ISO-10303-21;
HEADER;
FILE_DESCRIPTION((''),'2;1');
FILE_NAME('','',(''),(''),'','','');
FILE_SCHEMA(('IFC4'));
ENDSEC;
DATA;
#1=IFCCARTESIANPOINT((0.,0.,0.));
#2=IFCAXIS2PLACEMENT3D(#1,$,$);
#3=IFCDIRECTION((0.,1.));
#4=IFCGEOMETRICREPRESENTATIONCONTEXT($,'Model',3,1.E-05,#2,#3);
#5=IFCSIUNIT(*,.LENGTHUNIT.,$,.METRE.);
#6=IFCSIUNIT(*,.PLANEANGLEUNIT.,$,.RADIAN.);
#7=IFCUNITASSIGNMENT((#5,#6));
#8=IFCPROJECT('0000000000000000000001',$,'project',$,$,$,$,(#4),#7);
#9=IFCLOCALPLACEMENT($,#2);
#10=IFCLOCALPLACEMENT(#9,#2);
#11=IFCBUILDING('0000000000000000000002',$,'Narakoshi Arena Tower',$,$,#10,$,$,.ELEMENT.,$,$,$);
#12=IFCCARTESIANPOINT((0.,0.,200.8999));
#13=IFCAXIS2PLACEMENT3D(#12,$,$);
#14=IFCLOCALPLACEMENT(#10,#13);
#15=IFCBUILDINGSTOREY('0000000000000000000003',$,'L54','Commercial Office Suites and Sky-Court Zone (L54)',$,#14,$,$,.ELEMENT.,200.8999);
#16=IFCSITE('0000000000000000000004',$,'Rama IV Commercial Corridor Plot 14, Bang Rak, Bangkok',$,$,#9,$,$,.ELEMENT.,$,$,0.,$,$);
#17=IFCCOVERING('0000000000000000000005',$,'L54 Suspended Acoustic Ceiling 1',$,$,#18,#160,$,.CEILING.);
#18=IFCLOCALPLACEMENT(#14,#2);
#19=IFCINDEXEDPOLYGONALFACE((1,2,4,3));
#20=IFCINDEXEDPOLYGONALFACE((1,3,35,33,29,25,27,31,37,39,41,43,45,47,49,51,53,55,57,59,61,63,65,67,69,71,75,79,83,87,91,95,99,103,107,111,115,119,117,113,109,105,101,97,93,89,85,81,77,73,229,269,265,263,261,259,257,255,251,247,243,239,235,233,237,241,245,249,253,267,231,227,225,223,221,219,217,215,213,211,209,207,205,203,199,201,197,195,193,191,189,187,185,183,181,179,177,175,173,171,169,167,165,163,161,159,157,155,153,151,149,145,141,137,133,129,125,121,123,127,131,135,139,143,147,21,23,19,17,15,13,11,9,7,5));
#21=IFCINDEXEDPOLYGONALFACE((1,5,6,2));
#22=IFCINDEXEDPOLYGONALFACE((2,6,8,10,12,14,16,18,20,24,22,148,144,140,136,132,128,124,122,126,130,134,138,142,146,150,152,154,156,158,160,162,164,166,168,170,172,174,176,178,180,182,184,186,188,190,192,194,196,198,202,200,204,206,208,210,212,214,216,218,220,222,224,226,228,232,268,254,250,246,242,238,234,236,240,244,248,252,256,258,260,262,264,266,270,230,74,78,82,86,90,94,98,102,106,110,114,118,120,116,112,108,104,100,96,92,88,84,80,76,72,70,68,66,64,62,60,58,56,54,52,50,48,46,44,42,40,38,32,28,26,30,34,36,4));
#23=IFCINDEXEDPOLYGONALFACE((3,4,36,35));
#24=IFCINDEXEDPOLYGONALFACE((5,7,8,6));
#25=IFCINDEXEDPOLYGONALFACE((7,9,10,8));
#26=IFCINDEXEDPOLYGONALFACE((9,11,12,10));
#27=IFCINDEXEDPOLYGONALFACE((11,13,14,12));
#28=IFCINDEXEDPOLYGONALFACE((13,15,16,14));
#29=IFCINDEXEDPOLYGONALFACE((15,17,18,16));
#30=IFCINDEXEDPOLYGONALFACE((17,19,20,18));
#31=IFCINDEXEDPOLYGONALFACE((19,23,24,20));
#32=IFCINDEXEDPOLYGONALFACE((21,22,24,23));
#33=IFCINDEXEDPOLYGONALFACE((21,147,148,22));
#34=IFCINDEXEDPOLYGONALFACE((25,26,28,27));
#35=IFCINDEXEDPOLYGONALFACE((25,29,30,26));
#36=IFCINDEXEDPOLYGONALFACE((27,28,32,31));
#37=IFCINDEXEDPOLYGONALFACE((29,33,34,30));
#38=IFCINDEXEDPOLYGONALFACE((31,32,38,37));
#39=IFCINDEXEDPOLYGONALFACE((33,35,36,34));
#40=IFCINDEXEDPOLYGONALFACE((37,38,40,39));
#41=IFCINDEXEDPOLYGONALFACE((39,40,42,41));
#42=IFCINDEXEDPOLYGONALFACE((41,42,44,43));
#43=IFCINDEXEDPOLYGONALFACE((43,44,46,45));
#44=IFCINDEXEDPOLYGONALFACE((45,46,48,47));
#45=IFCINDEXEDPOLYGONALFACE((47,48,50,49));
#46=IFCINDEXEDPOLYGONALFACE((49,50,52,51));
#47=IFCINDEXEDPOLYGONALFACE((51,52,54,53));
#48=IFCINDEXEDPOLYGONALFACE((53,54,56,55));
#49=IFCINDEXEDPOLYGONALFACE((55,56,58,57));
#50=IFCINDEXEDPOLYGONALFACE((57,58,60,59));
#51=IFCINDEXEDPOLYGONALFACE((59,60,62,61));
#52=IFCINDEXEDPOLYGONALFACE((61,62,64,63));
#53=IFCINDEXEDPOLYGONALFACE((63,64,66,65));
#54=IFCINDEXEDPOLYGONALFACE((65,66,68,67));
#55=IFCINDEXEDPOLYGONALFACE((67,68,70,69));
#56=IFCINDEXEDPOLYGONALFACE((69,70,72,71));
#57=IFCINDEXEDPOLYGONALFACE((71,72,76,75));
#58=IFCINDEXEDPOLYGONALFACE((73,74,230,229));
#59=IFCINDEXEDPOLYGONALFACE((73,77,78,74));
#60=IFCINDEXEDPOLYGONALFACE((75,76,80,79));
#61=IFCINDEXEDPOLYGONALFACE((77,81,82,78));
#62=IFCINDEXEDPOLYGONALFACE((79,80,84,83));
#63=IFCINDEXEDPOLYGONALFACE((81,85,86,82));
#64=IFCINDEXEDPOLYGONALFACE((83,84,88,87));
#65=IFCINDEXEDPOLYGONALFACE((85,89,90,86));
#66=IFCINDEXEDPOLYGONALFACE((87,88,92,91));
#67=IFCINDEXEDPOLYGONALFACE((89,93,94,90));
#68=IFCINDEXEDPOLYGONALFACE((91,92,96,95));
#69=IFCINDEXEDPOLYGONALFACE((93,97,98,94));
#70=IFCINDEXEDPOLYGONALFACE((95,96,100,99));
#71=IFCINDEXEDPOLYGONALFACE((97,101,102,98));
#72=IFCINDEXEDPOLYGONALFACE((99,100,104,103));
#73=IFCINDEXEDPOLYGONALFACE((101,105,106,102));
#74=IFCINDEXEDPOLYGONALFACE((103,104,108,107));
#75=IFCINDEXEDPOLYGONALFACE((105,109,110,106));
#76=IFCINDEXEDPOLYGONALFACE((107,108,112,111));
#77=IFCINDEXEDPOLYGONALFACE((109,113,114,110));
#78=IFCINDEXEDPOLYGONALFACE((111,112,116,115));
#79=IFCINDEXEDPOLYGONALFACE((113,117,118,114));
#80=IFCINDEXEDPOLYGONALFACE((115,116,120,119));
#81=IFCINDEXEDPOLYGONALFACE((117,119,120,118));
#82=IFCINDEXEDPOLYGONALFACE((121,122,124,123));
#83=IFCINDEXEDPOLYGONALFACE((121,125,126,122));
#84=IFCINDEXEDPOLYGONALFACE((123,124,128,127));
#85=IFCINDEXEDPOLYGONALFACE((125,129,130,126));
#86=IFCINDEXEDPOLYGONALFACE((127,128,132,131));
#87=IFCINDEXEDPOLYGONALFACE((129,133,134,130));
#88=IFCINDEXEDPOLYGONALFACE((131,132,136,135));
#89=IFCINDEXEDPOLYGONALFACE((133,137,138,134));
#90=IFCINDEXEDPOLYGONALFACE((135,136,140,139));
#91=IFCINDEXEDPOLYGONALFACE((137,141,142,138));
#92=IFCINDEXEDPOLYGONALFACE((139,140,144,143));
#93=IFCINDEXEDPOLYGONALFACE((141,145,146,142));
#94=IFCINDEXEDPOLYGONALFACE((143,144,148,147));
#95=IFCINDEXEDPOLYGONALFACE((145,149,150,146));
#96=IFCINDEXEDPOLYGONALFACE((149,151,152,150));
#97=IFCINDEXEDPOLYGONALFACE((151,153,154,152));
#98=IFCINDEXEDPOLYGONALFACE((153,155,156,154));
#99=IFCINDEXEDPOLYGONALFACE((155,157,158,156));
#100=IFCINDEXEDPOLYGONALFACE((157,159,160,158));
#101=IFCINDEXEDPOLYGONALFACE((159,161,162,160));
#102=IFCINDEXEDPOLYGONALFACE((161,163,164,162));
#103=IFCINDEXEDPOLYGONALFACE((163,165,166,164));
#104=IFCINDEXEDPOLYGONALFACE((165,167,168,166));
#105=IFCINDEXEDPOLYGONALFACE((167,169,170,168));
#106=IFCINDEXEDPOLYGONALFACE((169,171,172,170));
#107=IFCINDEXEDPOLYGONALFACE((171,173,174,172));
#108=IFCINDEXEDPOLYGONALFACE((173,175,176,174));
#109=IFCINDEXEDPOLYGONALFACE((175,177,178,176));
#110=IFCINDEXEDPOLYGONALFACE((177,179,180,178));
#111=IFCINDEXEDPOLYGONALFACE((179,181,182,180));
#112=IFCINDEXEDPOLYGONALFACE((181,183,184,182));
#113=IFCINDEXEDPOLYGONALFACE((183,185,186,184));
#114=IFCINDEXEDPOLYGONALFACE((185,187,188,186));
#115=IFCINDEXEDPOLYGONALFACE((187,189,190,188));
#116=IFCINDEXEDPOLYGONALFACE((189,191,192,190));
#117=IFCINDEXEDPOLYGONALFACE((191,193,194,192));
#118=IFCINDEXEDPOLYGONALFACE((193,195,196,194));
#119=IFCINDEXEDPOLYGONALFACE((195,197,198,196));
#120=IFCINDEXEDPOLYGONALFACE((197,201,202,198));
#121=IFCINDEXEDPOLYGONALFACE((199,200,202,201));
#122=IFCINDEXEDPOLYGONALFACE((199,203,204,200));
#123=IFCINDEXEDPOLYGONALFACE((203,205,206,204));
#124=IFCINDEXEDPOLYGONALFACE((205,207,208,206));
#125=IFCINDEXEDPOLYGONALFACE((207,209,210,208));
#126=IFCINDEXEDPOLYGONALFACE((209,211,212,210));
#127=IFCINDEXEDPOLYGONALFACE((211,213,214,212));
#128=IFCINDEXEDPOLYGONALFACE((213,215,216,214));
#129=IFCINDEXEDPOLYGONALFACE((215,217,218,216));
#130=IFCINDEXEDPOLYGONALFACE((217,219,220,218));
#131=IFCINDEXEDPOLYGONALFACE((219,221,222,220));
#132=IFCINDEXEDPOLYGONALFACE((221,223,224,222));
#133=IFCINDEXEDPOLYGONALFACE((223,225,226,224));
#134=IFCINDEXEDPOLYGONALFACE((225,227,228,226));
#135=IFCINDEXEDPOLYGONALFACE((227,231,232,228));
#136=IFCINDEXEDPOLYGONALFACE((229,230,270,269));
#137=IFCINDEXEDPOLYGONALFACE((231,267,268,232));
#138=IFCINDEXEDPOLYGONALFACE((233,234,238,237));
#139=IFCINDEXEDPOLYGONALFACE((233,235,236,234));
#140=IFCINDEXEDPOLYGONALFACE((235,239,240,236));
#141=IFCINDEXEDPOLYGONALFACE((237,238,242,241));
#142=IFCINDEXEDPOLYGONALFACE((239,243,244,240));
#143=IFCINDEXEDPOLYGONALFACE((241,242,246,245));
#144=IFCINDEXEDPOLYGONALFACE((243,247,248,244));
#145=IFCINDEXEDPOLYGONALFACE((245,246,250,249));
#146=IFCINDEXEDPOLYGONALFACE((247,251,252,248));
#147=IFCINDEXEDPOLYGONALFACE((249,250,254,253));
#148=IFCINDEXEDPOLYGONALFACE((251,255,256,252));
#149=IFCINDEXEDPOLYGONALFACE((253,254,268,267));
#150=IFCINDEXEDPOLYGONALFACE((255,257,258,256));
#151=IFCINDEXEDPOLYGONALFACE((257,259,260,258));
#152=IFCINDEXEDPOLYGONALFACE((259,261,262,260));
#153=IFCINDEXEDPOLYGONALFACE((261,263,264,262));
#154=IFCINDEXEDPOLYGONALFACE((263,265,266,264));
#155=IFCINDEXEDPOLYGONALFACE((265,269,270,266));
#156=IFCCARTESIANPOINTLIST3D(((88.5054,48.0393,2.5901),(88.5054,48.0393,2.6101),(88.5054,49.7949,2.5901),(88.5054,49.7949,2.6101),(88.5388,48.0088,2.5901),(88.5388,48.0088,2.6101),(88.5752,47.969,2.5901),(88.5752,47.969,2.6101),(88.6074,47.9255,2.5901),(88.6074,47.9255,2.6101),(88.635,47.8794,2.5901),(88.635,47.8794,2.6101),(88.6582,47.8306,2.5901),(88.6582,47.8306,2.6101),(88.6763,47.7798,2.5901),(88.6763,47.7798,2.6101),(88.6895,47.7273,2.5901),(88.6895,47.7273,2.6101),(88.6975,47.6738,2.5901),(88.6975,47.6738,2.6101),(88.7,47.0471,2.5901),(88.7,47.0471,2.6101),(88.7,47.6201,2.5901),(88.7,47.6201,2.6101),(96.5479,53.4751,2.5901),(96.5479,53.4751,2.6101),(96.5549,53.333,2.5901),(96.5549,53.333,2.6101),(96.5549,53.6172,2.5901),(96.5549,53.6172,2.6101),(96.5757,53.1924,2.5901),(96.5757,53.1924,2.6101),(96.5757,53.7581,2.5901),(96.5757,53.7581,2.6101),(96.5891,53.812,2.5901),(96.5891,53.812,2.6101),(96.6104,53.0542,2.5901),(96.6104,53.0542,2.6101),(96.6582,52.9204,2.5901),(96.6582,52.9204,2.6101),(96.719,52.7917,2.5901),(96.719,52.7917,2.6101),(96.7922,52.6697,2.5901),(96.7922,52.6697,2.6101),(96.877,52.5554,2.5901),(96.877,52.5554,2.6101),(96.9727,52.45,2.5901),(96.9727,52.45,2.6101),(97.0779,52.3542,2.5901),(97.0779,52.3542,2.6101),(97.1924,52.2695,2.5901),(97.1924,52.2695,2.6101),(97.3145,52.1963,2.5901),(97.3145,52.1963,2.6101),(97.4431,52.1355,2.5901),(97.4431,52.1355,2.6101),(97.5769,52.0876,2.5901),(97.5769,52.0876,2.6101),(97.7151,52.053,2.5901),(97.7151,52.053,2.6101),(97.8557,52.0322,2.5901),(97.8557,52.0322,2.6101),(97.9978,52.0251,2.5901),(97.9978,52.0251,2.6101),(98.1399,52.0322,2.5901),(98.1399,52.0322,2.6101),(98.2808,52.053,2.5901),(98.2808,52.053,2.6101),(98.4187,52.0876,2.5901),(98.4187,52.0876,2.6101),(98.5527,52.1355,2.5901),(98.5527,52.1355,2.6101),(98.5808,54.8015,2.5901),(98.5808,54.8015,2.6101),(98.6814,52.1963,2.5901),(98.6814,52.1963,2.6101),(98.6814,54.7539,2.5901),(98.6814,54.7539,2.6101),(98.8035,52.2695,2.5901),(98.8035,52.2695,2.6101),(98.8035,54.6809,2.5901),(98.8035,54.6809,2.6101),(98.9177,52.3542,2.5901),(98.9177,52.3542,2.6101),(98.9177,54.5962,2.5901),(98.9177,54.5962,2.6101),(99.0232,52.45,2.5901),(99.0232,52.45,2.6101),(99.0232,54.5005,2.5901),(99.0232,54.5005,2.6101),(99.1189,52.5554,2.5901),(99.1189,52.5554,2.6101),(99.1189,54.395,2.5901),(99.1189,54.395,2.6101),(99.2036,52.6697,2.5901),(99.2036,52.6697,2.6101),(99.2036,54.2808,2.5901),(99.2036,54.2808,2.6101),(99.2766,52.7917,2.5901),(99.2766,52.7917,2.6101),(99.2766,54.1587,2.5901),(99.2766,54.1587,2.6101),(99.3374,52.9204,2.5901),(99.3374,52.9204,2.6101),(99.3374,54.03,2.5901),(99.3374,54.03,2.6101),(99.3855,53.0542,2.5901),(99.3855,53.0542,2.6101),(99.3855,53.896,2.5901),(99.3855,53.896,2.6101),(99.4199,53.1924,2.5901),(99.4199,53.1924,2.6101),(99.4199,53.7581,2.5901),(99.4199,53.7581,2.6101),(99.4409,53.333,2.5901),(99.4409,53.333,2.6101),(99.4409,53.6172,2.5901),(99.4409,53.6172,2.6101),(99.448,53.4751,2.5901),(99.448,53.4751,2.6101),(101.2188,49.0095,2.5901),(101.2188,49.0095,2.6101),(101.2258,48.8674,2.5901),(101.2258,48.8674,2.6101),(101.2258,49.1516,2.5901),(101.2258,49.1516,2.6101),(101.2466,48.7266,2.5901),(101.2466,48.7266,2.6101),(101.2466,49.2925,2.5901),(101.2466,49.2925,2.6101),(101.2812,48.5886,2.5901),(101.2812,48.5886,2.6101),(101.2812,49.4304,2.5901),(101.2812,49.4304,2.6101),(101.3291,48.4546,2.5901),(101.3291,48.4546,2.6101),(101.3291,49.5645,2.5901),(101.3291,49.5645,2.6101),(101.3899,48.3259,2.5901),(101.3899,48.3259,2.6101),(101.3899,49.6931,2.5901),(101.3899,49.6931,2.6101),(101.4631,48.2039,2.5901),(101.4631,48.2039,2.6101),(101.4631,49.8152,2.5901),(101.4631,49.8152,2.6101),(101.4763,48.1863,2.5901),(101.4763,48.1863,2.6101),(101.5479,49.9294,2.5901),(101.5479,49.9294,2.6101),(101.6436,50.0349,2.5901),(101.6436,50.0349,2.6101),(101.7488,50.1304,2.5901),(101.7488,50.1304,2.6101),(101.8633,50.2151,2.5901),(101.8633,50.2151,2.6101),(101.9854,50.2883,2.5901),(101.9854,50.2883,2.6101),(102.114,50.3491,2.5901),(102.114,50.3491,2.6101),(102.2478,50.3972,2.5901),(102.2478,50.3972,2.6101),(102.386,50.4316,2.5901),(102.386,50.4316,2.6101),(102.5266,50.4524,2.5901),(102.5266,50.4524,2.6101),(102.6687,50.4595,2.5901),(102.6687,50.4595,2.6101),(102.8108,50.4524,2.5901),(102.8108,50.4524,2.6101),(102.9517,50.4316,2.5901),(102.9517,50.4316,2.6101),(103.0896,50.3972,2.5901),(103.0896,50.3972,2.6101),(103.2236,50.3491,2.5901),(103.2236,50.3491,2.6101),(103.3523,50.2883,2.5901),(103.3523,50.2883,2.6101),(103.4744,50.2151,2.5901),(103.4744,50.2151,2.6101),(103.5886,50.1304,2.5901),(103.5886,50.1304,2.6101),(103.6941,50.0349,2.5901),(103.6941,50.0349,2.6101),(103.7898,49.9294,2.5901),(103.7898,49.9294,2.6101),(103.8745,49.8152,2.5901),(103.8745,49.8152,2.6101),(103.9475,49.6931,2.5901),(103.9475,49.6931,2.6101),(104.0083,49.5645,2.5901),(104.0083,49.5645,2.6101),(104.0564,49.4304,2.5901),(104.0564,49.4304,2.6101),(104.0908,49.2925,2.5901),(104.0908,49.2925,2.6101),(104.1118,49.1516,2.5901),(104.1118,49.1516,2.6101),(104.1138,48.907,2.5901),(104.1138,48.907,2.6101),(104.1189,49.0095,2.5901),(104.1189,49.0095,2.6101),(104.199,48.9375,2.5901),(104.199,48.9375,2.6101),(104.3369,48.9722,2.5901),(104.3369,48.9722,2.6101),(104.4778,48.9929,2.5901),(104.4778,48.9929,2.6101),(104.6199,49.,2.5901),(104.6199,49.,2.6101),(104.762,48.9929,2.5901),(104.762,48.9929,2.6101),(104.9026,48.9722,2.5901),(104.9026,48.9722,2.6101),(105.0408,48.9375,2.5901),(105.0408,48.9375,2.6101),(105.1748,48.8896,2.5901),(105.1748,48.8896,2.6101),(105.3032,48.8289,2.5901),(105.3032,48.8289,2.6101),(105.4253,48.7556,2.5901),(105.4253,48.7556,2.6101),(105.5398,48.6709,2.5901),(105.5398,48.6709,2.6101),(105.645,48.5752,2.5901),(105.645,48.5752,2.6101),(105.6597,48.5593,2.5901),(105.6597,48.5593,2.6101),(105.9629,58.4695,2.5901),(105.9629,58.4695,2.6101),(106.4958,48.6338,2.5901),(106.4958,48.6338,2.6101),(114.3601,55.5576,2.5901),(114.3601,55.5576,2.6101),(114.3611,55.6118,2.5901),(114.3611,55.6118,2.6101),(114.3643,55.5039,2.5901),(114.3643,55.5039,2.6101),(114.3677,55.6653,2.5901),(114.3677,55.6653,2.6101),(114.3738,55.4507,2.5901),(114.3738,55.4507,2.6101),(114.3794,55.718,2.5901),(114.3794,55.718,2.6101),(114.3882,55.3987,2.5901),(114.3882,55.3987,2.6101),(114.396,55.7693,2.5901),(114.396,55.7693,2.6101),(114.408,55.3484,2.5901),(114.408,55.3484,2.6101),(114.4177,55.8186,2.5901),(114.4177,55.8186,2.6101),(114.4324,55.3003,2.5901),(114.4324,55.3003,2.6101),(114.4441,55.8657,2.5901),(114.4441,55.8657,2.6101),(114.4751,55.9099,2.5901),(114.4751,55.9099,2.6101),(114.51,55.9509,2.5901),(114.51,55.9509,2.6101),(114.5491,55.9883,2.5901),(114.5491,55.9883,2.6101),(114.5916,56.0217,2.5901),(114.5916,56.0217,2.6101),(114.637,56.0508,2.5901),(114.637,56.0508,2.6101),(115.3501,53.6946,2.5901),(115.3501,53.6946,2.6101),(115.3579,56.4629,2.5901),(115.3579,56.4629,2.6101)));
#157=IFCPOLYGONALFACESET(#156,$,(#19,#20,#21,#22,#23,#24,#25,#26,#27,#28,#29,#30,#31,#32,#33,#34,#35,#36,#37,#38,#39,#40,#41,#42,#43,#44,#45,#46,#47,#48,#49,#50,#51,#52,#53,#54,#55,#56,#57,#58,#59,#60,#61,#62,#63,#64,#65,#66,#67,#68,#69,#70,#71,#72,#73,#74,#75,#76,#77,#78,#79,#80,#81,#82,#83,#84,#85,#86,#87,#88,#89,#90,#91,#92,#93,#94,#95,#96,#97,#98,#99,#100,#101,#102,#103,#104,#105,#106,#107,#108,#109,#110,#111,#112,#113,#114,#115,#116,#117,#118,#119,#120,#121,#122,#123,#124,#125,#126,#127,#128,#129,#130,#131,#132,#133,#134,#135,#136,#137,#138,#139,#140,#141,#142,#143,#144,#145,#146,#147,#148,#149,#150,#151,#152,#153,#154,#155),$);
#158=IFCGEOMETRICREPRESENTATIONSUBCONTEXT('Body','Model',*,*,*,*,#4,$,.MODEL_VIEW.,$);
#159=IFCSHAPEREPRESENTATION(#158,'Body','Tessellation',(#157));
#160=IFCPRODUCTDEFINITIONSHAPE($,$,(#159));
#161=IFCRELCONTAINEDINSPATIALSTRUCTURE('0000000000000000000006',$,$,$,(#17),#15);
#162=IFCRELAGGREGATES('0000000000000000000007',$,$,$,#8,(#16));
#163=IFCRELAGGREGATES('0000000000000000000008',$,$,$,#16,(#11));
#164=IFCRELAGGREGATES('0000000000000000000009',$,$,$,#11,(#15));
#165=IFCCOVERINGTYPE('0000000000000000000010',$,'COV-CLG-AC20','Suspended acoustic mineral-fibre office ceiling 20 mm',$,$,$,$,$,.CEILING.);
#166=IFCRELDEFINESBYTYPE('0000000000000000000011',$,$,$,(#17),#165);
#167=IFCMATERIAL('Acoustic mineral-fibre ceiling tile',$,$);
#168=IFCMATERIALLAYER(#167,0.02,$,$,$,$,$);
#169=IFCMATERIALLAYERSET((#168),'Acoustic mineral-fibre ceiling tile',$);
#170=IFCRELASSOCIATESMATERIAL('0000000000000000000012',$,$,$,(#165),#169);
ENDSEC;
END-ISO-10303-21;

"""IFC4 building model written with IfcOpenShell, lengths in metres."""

from ifc_helpers import new_model, si_unit, direction, frame, origin, place, context, subcontext, project, spatial, polyline, outline, extrude, material, layer, layer_set, type_object, element, save


model = new_model("IFC4")

# Units and contexts
model_context = context("Model", 3, precision=1e-05, world=origin(), true_north=direction((0.0, 1.0)))
body_context = subcontext(model_context, "Body", "Model", "MODEL_VIEW")
ifc_project = project(units=[si_unit("LENGTHUNIT", "METRE"), si_unit("PLANEANGLEUNIT", "RADIAN")], contexts=[model_context])

# Site, building, storey
site_placement = place(None, origin())
site = spatial("IfcSite", under=ifc_project, at=site_placement, Name="Rama IV Commercial Corridor Plot 14, Bang Rak, Bangkok", CompositionType="ELEMENT", RefElevation=0.0)
building_placement = place(site_placement, origin())
building = spatial("IfcBuilding", under=site, at=building_placement, Name="Narakoshi Arena Tower", CompositionType="ELEMENT")
storey_placement = place(building_placement, frame((0.0, 0.0, 200.8999)))
storey = spatial("IfcBuildingStorey", under=building, at=storey_placement, Name="L54", Description="Commercial Office Suites and Sky-Court Zone (L54)", CompositionType="ELEMENT", Elevation=200.8999)

# Covering
ifc_material_1 = material(Name="Acoustic mineral-fibre ceiling tile")
ifc_layer_1 = layer(ifc_material_1, 0.02)
ifc_layer_set_1 = layer_set([ifc_layer_1], Name="Acoustic mineral-fibre ceiling tile")
covering_type_1 = type_object("IfcCoveringType", Name="COV-CLG-AC20", Description="Suspended acoustic mineral-fibre office ceiling 20 mm", PredefinedType="CEILING", material=ifc_layer_set_1)
covering_1_placement = place(storey_placement, frame((0.0, 0.0, 2.5901)))
element("IfcCovering", 1, at=covering_1_placement, inside=storey, type_object=covering_type_1, Name="L54 Suspended Acoustic Ceiling 1", PredefinedType="CEILING", context=body_context, shape_type="SweptSolid", body=[
    extrude(outline(polyline([(88.5054, 49.7949), (96.5891, 53.812), (96.5757, 53.7581), (96.5549, 53.6172), (96.5479, 53.4751), (96.5549, 53.333), (96.5757, 53.1924), (96.6104, 53.0542), (96.6582, 52.9204), (96.719, 52.7917), (96.7922, 52.6697), (96.877, 52.5554), (96.9727, 52.45), (97.0779, 52.3542), (97.1924, 52.2695), (97.3145, 52.1963), (97.4431, 52.1355), (97.5769, 52.0876), (97.7151, 52.053), (97.8557, 52.0322), (97.9978, 52.0251), (98.1399, 52.0322), (98.2808, 52.053), (98.4187, 52.0876), (98.5527, 52.1355), (98.6814, 52.1963), (98.8035, 52.2695), (98.9177, 52.3542), (99.0232, 52.45), (99.1189, 52.5554), (99.2036, 52.6697), (99.2766, 52.7917), (99.3374, 52.9204), (99.3855, 53.0542), (99.4199, 53.1924), (99.4409, 53.333), (99.448, 53.4751), (99.4409, 53.6172), (99.4199, 53.7581), (99.3855, 53.896), (99.3374, 54.03), (99.2766, 54.1587), (99.2036, 54.2808), (99.1189, 54.395), (99.0232, 54.5005), (98.9177, 54.5962), (98.8035, 54.6809), (98.6814, 54.7539), (98.5808, 54.8015), (105.9629, 58.4695), (115.3579, 56.4629), (114.637, 56.0508), (114.5916, 56.0217), (114.5491, 55.9883), (114.51, 55.9509), (114.4751, 55.9099), (114.4441, 55.8657), (114.4177, 55.8186), (114.396, 55.7693), (114.3794, 55.718), (114.3677, 55.6653), (114.3611, 55.6118), (114.3601, 55.5576), (114.3643, 55.5039), (114.3738, 55.4507), (114.3882, 55.3987), (114.408, 55.3484), (114.4324, 55.3003), (115.3501, 53.6946), (106.4958, 48.6338), (105.6597, 48.5593), (105.645, 48.5752), (105.5398, 48.6709), (105.4253, 48.7556), (105.3032, 48.8289), (105.1748, 48.8896), (105.0408, 48.9375), (104.9026, 48.9722), (104.762, 48.9929), (104.6199, 49.0), (104.4778, 48.9929), (104.3369, 48.9722), (104.199, 48.9375), (104.1138, 48.907), (104.1189, 49.0095), (104.1118, 49.1516), (104.0908, 49.2925), (104.0564, 49.4304), (104.0083, 49.5645), (103.9475, 49.6931), (103.8745, 49.8152), (103.7898, 49.9294), (103.6941, 50.0349), (103.5886, 50.1304), (103.4744, 50.2151), (103.3523, 50.2883), (103.2236, 50.3491), (103.0896, 50.3972), (102.9517, 50.4316), (102.8108, 50.4524), (102.6687, 50.4595), (102.5266, 50.4524), (102.386, 50.4316), (102.2478, 50.3972), (102.114, 50.3491), (101.9854, 50.2883), (101.8633, 50.2151), (101.7488, 50.1304), (101.6436, 50.0349), (101.5479, 49.9294), (101.4631, 49.8152), (101.3899, 49.6931), (101.3291, 49.5645), (101.2812, 49.4304), (101.2466, 49.2925), (101.2258, 49.1516), (101.2188, 49.0095), (101.2258, 48.8674), (101.2466, 48.7266), (101.2812, 48.5886), (101.3291, 48.4546), (101.3899, 48.3259), (101.4631, 48.2039), (101.4763, 48.1863), (88.7, 47.0471), (88.7, 47.6201), (88.6975, 47.6738), (88.6895, 47.7273), (88.6763, 47.7798), (88.6582, 47.8306), (88.635, 47.8794), (88.6074, 47.9255), (88.5752, 47.969), (88.5388, 48.0088), (88.5054, 48.0393), (88.5054, 49.7949)])), origin(), (0.0, 0.0, 1.0), 0.02),
])

save(model, "model.ifc")
